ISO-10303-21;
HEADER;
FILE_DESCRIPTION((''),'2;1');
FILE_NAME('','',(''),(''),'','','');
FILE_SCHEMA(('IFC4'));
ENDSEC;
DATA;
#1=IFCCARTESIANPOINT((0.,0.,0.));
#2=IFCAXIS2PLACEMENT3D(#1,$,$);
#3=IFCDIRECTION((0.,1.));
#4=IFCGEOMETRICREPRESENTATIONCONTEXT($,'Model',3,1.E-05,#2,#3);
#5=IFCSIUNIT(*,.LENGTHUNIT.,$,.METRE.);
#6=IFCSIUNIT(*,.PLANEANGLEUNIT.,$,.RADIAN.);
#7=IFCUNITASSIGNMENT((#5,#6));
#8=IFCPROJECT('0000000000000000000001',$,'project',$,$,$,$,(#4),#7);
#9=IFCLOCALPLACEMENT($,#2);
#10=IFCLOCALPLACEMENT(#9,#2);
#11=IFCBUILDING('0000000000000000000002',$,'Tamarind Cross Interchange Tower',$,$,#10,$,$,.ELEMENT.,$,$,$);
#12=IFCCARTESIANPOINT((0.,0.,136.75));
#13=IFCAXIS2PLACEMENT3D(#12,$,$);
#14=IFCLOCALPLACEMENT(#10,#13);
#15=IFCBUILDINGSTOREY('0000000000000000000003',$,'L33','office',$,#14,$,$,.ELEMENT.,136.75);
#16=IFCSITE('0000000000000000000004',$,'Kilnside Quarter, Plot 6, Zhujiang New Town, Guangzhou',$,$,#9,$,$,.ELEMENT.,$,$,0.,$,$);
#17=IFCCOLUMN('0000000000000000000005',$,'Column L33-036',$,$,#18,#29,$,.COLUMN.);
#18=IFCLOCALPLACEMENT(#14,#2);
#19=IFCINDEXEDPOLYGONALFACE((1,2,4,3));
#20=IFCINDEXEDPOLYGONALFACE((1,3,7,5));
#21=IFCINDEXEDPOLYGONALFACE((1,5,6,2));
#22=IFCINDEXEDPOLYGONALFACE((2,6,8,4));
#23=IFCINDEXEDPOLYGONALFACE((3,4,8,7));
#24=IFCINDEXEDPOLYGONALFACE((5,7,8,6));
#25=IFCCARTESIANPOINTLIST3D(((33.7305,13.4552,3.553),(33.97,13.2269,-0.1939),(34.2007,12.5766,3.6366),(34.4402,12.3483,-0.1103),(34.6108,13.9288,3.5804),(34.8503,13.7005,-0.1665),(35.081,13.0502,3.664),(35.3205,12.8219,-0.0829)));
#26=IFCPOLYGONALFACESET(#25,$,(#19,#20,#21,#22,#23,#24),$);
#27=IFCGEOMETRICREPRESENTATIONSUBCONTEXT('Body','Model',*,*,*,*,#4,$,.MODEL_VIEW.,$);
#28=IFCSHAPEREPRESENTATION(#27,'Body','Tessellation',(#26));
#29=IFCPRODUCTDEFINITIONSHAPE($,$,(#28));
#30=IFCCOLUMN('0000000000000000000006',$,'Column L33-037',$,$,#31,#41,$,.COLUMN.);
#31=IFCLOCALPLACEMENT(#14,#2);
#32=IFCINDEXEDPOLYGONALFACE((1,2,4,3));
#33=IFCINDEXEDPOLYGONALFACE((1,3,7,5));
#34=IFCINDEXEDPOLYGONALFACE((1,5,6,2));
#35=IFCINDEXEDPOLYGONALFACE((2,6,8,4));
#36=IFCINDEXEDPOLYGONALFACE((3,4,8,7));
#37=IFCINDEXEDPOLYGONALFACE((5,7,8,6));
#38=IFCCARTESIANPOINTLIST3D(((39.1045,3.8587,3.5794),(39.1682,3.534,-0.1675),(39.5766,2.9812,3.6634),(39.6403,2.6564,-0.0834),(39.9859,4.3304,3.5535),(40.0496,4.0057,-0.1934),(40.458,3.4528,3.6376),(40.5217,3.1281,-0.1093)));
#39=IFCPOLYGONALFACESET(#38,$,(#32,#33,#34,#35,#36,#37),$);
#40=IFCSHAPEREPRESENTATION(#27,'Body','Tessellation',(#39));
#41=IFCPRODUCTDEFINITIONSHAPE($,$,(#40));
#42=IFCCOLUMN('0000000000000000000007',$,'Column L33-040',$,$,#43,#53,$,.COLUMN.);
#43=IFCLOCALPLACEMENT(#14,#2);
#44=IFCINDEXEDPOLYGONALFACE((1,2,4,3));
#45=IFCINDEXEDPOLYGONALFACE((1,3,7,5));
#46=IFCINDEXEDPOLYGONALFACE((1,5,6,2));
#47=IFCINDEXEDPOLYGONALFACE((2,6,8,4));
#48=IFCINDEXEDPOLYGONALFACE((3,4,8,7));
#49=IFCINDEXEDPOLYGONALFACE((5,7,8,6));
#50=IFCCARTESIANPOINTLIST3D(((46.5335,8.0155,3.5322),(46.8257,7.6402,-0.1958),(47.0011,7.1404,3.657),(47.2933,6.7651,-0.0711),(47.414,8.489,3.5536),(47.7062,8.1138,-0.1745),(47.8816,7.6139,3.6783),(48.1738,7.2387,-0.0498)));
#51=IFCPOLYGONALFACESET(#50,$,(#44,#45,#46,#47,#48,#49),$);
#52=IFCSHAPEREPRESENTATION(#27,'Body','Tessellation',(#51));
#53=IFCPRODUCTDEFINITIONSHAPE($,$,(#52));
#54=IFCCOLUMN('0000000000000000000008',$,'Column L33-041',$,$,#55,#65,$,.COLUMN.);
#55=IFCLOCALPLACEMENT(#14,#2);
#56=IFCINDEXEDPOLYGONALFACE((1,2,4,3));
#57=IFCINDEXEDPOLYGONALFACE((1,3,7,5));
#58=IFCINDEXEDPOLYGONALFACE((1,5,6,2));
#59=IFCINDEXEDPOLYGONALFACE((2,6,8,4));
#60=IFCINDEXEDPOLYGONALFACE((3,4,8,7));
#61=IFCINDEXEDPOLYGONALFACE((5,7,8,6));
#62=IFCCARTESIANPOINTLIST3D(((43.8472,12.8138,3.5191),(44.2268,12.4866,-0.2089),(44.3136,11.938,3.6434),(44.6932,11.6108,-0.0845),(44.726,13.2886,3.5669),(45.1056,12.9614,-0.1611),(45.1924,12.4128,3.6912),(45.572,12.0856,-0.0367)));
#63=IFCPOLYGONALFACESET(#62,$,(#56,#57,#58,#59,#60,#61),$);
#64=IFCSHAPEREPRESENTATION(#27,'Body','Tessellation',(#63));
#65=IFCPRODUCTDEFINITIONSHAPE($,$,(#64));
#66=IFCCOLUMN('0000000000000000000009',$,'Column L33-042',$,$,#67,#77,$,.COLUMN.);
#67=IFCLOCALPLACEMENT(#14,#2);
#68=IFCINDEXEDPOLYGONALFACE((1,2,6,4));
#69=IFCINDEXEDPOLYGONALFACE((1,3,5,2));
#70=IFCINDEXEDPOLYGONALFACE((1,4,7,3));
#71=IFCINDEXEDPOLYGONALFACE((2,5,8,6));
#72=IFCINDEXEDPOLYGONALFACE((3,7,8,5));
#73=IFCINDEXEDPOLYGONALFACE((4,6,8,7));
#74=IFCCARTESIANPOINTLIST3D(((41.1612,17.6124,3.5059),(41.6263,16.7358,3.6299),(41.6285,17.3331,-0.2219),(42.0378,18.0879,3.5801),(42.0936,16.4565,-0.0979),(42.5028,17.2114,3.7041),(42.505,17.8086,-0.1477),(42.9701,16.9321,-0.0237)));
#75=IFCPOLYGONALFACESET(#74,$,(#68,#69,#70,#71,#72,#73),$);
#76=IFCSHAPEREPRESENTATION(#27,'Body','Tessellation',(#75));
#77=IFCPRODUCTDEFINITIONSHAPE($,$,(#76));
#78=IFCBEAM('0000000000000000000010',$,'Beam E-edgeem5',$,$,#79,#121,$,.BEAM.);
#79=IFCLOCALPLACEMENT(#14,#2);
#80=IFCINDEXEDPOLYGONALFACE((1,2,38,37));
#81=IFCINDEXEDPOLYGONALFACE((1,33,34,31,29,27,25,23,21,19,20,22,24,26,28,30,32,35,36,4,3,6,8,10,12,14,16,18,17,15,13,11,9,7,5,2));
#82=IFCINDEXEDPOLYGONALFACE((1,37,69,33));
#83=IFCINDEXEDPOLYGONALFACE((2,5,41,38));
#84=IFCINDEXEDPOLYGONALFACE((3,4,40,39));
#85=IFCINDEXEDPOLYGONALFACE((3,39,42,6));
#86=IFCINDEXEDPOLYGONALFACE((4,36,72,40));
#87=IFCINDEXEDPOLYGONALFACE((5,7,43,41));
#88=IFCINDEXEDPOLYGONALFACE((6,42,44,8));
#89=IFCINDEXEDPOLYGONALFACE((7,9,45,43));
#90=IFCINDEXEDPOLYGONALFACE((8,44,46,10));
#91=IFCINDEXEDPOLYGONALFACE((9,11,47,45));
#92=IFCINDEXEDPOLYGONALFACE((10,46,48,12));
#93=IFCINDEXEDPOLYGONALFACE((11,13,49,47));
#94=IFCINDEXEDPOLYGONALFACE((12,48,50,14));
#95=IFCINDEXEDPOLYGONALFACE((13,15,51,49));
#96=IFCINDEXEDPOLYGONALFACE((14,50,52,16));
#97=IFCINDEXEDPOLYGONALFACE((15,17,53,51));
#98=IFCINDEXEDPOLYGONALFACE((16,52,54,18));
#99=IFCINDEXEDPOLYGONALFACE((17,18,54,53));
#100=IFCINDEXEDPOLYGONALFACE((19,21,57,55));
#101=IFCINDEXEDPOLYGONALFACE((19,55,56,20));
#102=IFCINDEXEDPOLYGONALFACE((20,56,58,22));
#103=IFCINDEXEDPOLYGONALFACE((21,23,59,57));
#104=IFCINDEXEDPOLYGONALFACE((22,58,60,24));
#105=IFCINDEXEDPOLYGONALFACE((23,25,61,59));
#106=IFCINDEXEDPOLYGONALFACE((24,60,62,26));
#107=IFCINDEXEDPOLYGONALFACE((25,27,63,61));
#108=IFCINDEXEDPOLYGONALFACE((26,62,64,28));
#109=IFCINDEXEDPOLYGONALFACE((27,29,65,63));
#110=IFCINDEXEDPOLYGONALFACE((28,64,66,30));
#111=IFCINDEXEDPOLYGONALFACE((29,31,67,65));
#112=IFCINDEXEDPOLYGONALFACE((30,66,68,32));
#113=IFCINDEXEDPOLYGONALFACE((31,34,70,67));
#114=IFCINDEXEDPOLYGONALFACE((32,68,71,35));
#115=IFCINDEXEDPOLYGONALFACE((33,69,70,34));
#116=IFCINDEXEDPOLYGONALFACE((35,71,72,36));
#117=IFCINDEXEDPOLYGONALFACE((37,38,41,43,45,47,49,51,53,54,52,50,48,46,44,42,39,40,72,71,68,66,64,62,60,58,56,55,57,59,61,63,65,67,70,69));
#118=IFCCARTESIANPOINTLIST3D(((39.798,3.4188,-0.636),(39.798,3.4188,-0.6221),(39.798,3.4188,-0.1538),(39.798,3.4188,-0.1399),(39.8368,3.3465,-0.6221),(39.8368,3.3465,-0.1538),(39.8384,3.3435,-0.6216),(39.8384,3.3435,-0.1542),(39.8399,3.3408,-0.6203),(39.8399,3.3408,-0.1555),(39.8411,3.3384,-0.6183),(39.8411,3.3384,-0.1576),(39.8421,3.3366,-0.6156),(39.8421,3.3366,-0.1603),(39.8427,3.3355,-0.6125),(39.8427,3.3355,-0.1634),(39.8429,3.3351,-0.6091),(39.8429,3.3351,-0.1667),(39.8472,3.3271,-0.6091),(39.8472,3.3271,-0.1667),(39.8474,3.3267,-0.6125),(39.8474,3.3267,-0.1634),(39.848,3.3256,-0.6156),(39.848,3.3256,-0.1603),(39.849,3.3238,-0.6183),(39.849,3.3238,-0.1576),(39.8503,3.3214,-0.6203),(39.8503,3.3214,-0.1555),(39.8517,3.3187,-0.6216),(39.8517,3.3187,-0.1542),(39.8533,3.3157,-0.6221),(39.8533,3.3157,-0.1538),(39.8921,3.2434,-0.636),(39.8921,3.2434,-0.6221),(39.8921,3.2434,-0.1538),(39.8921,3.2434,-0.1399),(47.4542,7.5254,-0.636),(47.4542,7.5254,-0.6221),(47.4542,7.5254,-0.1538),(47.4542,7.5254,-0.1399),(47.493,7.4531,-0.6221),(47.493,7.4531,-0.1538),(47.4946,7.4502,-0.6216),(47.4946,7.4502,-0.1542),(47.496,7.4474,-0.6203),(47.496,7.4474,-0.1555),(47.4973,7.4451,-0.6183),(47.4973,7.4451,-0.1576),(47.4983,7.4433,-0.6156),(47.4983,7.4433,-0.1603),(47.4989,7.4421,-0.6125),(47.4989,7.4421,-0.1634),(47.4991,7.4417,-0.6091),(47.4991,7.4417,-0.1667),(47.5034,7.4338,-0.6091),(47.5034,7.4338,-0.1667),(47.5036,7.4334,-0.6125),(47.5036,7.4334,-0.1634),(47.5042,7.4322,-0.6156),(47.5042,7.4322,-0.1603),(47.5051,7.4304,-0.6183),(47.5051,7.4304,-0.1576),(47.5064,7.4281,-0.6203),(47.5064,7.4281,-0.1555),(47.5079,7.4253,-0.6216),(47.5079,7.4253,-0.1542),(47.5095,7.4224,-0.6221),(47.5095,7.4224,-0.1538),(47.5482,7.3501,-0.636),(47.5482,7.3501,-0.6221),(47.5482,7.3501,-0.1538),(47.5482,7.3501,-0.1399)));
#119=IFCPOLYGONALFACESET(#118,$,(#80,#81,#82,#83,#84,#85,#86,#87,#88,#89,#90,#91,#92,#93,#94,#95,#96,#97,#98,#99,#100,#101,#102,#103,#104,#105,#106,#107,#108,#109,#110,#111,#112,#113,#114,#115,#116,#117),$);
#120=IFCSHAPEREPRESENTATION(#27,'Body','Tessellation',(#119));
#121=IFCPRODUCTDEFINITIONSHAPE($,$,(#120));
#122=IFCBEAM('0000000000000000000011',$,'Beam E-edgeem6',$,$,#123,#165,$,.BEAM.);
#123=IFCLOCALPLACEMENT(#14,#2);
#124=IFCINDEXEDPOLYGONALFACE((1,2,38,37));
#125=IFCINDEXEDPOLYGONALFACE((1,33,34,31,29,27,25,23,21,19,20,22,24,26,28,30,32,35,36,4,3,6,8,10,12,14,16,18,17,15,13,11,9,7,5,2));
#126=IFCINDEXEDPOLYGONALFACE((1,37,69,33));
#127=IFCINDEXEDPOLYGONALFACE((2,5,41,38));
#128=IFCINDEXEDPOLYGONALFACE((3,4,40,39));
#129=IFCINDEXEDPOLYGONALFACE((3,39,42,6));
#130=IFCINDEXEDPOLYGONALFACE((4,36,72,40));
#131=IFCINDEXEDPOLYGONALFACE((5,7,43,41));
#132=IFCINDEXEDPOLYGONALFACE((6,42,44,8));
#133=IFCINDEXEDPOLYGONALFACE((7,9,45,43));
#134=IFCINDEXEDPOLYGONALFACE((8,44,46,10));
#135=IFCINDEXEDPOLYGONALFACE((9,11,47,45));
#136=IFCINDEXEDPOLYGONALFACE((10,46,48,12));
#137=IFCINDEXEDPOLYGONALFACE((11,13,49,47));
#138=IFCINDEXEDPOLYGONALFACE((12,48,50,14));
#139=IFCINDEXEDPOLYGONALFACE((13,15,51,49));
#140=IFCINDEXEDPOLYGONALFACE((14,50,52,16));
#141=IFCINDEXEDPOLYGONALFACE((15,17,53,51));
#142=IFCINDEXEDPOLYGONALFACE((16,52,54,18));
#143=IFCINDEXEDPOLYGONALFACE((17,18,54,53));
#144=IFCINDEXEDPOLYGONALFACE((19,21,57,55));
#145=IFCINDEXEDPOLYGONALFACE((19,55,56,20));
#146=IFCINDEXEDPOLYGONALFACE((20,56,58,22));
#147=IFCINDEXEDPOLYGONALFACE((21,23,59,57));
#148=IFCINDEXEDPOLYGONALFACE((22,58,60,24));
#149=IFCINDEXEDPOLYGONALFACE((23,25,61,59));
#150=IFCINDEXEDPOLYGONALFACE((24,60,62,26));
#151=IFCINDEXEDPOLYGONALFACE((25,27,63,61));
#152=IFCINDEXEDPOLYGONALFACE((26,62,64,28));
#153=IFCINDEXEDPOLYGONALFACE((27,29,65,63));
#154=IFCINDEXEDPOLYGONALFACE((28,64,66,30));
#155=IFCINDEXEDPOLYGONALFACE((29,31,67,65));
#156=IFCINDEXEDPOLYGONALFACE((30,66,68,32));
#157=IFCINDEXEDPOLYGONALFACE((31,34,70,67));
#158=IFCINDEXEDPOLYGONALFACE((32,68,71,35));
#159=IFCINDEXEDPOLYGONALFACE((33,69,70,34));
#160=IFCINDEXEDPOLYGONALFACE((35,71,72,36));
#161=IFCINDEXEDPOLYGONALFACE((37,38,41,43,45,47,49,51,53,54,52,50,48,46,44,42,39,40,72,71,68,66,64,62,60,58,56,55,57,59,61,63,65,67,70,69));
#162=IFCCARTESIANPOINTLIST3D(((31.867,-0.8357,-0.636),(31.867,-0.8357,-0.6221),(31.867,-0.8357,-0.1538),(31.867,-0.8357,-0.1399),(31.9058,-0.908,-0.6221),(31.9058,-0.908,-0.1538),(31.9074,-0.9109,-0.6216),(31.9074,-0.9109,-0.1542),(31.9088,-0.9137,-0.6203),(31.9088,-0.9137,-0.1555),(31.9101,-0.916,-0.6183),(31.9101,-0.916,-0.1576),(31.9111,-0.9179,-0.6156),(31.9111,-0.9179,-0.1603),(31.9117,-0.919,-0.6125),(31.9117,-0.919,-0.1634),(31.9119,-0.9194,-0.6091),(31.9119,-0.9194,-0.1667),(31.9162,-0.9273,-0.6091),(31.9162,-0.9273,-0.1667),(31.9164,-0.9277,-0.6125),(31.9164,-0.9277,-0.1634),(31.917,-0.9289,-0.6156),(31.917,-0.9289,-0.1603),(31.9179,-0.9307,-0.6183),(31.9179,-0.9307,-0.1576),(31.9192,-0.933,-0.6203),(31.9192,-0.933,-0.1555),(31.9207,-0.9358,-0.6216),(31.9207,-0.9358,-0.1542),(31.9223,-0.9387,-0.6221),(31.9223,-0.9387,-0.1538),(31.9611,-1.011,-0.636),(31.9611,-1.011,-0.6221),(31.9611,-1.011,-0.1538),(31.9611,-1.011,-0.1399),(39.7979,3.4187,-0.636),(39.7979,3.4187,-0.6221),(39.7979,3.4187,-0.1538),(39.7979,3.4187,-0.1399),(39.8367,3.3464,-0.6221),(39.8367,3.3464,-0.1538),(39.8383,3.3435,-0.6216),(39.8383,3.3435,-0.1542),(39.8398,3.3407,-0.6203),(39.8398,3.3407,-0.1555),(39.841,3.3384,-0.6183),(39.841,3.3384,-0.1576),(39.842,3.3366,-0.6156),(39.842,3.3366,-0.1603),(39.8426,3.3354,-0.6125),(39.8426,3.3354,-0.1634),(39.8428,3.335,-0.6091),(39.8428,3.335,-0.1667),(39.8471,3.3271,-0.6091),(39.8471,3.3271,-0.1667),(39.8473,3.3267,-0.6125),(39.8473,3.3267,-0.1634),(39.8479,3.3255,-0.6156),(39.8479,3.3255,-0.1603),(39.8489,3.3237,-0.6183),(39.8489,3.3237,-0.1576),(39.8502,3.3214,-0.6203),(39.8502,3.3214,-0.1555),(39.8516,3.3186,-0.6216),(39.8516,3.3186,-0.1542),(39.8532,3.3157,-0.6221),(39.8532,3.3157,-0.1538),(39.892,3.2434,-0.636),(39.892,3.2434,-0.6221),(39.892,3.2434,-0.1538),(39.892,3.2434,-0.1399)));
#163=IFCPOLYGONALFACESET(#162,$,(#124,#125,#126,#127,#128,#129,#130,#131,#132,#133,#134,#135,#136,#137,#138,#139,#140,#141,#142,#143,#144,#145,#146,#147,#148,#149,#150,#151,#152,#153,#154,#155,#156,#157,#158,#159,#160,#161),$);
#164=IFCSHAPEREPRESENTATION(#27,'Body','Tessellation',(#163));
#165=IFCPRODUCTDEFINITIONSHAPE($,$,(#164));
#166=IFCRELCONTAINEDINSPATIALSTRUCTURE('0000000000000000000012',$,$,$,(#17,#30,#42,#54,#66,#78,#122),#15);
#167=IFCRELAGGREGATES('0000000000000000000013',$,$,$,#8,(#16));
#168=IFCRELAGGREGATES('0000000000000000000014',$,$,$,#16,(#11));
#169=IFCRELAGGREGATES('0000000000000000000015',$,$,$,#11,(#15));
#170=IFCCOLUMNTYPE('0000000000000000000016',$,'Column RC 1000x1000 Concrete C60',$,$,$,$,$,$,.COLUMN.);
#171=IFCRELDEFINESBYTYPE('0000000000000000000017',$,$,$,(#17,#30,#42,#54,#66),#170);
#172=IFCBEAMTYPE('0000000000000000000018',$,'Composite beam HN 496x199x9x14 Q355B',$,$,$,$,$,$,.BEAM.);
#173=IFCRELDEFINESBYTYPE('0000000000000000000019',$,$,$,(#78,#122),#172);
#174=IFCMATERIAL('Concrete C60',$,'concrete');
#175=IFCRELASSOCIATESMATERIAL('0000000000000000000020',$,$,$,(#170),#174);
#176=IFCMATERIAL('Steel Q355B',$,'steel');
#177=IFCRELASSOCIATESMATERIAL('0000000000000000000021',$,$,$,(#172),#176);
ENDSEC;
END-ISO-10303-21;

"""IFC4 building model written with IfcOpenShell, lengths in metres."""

from ifc_helpers import new_model, si_unit, direction, frame, origin, origin_2d, place, context, subcontext, project, spatial, rectangle, i_section, extrude, material, material_profile, profile_set, type_object, element, save


model = new_model("IFC4")

# Units and contexts
model_context = context("Model", 3, precision=1e-05, world=origin(), true_north=direction((0.0, 1.0)))
body_context = subcontext(model_context, "Body", "Model", "MODEL_VIEW")
ifc_project = project(units=[si_unit("LENGTHUNIT", "METRE"), si_unit("PLANEANGLEUNIT", "RADIAN")], contexts=[model_context])

# Site, building, storey
site_placement = place(None, origin())
site = spatial("IfcSite", under=ifc_project, at=site_placement, Name="Kilnside Quarter, Plot 6, Zhujiang New Town, Guangzhou", CompositionType="ELEMENT", RefElevation=0.0)
building_placement = place(site_placement, origin())
building = spatial("IfcBuilding", under=site, at=building_placement, Name="Tamarind Cross Interchange Tower", CompositionType="ELEMENT")
storey_placement = place(building_placement, frame((0.0, 0.0, 136.75)))
storey = spatial("IfcBuildingStorey", under=building, at=storey_placement, Name="L33", Description="office", CompositionType="ELEMENT", Elevation=136.75)

# Columns
ifc_material_1 = material(Name="Concrete C60", Category="concrete")
ifc_material_profile_1 = material_profile(ifc_material_1, rectangle(XDim=1.0, YDim=1.0, at=origin_2d()), Name="RC 1000x1000")
ifc_profile_set_1 = profile_set([ifc_material_profile_1], Name="Concrete C60")
column_type = type_object("IfcColumnType", Name="Column RC 1000x1000 Concrete C60", PredefinedType="COLUMN", material=ifc_profile_set_1)
for number, where, z_axis, x_axis, name in (
    (1, (34.6453, 13.0244, -0.1384), (-0.063674, 0.060688, 0.996124), (0.470138, -0.878627, 0.083581), "Column L33-036"),
    (2, (39.845, 3.3311, -0.1384), (-0.016941, 0.086326, 0.996123), (-0.881385, -0.471688, 0.025888), "Column L33-037"),
):
    element("IfcColumn", number, at=place(storey_placement, frame(where, z_axis=z_axis, x_axis=x_axis)), inside=storey, type_object=column_type, Name=name, PredefinedType="COLUMN", context=body_context, shape_type="SweptSolid", body=[
        extrude(rectangle(XDim=1.0, YDim=1.0, at=origin_2d()), origin(), (0.0, 0.0, 1.0), 3.7615),
    ])
column_1_placement = place(storey_placement, frame((47.4998, 7.4395, -0.1228), z_axis=(-0.077759, 0.099846, 0.99196), x_axis=(0.467614, -0.875087, 0.124738)))
element("IfcColumn", 3, at=column_1_placement, inside=storey, type_object=column_type, Name="Column L33-040", PredefinedType="COLUMN", context=body_context, shape_type="SweptSolid", body=[
    extrude(rectangle(XDim=1.0, YDim=1.0, at=origin_2d()), origin(), (0.0, 0.0, 1.0), 3.7583),
])
column_2_placement = place(storey_placement, frame((44.8994, 12.2861, -0.1228), z_axis=(-0.100926, 0.086971, 0.991085), x_axis=(0.466388, -0.875796, 0.124348)))
element("IfcColumn", 4, at=column_2_placement, inside=storey, type_object=column_type, Name="Column L33-041", PredefinedType="COLUMN", context=body_context, shape_type="SweptSolid", body=[
    extrude(rectangle(XDim=1.0, YDim=1.0, at=origin_2d()), origin(), (0.0, 0.0, 1.0), 3.7615),
])
column_3_placement = place(storey_placement, frame((42.2993, 17.1326, -0.1228), z_axis=(-0.124036, 0.074137, 0.989504), x_axis=(0.465079, -0.876546, 0.123972)))
element("IfcColumn", 5, at=column_3_placement, inside=storey, type_object=column_type, Name="Column L33-042", PredefinedType="COLUMN", context=body_context, shape_type="SweptSolid", body=[
    extrude(rectangle(XDim=1.0, YDim=1.0, at=origin_2d()), origin(), (0.0, 0.0, 1.0), 3.7673),
])

# Beams
ifc_material_2 = material(Name="Steel Q355B", Category="steel")
ifc_material_profile_2 = material_profile(ifc_material_2, i_section(OverallWidth=0.199, OverallDepth=0.4961, WebThickness=0.009, FlangeThickness=0.0139, FilletRadius=0.0129, at=origin_2d()), Name="HN 496x199x9x14")
ifc_profile_set_2 = profile_set([ifc_material_profile_2], Name="Steel Q355B")
beam_type_1 = type_object("IfcBeamType", Name="Composite beam HN 496x199x9x14 Q355B", PredefinedType="BEAM", material=ifc_profile_set_2)
beam_1_placement = place(storey_placement, frame((47.5012, 7.4377, -0.3879), z_axis=(-0.881234, -0.47268, 0.0), x_axis=(0.47268, -0.881234, 0.0)))
element("IfcBeam", 6, at=beam_1_placement, inside=storey, type_object=beam_type_1, Name="Beam E-edgeem5", PredefinedType="BEAM", context=body_context, shape_type="SweptSolid", body=[
    extrude(i_section(OverallWidth=0.199, OverallDepth=0.4961, WebThickness=0.009, FlangeThickness=0.0139, FilletRadius=0.0129, at=origin_2d()), origin(), (0.0, 0.0, 1.0), 8.688),
])
beam_2_placement = place(storey_placement, frame((39.845, 3.3311, -0.3879), z_axis=(-0.881216, -0.472713, 0.0), x_axis=(0.472713, -0.881216, 0.0)))
element("IfcBeam", 7, at=beam_2_placement, inside=storey, type_object=beam_type_1, Name="Beam E-edgeem6", PredefinedType="BEAM", context=body_context, shape_type="SweptSolid", body=[
    extrude(i_section(OverallWidth=0.199, OverallDepth=0.4961, WebThickness=0.009, FlangeThickness=0.0139, FilletRadius=0.0129, at=origin_2d()), origin(), (0.0, 0.0, 1.0), 9.0),
])

save(model, "model.ifc")
